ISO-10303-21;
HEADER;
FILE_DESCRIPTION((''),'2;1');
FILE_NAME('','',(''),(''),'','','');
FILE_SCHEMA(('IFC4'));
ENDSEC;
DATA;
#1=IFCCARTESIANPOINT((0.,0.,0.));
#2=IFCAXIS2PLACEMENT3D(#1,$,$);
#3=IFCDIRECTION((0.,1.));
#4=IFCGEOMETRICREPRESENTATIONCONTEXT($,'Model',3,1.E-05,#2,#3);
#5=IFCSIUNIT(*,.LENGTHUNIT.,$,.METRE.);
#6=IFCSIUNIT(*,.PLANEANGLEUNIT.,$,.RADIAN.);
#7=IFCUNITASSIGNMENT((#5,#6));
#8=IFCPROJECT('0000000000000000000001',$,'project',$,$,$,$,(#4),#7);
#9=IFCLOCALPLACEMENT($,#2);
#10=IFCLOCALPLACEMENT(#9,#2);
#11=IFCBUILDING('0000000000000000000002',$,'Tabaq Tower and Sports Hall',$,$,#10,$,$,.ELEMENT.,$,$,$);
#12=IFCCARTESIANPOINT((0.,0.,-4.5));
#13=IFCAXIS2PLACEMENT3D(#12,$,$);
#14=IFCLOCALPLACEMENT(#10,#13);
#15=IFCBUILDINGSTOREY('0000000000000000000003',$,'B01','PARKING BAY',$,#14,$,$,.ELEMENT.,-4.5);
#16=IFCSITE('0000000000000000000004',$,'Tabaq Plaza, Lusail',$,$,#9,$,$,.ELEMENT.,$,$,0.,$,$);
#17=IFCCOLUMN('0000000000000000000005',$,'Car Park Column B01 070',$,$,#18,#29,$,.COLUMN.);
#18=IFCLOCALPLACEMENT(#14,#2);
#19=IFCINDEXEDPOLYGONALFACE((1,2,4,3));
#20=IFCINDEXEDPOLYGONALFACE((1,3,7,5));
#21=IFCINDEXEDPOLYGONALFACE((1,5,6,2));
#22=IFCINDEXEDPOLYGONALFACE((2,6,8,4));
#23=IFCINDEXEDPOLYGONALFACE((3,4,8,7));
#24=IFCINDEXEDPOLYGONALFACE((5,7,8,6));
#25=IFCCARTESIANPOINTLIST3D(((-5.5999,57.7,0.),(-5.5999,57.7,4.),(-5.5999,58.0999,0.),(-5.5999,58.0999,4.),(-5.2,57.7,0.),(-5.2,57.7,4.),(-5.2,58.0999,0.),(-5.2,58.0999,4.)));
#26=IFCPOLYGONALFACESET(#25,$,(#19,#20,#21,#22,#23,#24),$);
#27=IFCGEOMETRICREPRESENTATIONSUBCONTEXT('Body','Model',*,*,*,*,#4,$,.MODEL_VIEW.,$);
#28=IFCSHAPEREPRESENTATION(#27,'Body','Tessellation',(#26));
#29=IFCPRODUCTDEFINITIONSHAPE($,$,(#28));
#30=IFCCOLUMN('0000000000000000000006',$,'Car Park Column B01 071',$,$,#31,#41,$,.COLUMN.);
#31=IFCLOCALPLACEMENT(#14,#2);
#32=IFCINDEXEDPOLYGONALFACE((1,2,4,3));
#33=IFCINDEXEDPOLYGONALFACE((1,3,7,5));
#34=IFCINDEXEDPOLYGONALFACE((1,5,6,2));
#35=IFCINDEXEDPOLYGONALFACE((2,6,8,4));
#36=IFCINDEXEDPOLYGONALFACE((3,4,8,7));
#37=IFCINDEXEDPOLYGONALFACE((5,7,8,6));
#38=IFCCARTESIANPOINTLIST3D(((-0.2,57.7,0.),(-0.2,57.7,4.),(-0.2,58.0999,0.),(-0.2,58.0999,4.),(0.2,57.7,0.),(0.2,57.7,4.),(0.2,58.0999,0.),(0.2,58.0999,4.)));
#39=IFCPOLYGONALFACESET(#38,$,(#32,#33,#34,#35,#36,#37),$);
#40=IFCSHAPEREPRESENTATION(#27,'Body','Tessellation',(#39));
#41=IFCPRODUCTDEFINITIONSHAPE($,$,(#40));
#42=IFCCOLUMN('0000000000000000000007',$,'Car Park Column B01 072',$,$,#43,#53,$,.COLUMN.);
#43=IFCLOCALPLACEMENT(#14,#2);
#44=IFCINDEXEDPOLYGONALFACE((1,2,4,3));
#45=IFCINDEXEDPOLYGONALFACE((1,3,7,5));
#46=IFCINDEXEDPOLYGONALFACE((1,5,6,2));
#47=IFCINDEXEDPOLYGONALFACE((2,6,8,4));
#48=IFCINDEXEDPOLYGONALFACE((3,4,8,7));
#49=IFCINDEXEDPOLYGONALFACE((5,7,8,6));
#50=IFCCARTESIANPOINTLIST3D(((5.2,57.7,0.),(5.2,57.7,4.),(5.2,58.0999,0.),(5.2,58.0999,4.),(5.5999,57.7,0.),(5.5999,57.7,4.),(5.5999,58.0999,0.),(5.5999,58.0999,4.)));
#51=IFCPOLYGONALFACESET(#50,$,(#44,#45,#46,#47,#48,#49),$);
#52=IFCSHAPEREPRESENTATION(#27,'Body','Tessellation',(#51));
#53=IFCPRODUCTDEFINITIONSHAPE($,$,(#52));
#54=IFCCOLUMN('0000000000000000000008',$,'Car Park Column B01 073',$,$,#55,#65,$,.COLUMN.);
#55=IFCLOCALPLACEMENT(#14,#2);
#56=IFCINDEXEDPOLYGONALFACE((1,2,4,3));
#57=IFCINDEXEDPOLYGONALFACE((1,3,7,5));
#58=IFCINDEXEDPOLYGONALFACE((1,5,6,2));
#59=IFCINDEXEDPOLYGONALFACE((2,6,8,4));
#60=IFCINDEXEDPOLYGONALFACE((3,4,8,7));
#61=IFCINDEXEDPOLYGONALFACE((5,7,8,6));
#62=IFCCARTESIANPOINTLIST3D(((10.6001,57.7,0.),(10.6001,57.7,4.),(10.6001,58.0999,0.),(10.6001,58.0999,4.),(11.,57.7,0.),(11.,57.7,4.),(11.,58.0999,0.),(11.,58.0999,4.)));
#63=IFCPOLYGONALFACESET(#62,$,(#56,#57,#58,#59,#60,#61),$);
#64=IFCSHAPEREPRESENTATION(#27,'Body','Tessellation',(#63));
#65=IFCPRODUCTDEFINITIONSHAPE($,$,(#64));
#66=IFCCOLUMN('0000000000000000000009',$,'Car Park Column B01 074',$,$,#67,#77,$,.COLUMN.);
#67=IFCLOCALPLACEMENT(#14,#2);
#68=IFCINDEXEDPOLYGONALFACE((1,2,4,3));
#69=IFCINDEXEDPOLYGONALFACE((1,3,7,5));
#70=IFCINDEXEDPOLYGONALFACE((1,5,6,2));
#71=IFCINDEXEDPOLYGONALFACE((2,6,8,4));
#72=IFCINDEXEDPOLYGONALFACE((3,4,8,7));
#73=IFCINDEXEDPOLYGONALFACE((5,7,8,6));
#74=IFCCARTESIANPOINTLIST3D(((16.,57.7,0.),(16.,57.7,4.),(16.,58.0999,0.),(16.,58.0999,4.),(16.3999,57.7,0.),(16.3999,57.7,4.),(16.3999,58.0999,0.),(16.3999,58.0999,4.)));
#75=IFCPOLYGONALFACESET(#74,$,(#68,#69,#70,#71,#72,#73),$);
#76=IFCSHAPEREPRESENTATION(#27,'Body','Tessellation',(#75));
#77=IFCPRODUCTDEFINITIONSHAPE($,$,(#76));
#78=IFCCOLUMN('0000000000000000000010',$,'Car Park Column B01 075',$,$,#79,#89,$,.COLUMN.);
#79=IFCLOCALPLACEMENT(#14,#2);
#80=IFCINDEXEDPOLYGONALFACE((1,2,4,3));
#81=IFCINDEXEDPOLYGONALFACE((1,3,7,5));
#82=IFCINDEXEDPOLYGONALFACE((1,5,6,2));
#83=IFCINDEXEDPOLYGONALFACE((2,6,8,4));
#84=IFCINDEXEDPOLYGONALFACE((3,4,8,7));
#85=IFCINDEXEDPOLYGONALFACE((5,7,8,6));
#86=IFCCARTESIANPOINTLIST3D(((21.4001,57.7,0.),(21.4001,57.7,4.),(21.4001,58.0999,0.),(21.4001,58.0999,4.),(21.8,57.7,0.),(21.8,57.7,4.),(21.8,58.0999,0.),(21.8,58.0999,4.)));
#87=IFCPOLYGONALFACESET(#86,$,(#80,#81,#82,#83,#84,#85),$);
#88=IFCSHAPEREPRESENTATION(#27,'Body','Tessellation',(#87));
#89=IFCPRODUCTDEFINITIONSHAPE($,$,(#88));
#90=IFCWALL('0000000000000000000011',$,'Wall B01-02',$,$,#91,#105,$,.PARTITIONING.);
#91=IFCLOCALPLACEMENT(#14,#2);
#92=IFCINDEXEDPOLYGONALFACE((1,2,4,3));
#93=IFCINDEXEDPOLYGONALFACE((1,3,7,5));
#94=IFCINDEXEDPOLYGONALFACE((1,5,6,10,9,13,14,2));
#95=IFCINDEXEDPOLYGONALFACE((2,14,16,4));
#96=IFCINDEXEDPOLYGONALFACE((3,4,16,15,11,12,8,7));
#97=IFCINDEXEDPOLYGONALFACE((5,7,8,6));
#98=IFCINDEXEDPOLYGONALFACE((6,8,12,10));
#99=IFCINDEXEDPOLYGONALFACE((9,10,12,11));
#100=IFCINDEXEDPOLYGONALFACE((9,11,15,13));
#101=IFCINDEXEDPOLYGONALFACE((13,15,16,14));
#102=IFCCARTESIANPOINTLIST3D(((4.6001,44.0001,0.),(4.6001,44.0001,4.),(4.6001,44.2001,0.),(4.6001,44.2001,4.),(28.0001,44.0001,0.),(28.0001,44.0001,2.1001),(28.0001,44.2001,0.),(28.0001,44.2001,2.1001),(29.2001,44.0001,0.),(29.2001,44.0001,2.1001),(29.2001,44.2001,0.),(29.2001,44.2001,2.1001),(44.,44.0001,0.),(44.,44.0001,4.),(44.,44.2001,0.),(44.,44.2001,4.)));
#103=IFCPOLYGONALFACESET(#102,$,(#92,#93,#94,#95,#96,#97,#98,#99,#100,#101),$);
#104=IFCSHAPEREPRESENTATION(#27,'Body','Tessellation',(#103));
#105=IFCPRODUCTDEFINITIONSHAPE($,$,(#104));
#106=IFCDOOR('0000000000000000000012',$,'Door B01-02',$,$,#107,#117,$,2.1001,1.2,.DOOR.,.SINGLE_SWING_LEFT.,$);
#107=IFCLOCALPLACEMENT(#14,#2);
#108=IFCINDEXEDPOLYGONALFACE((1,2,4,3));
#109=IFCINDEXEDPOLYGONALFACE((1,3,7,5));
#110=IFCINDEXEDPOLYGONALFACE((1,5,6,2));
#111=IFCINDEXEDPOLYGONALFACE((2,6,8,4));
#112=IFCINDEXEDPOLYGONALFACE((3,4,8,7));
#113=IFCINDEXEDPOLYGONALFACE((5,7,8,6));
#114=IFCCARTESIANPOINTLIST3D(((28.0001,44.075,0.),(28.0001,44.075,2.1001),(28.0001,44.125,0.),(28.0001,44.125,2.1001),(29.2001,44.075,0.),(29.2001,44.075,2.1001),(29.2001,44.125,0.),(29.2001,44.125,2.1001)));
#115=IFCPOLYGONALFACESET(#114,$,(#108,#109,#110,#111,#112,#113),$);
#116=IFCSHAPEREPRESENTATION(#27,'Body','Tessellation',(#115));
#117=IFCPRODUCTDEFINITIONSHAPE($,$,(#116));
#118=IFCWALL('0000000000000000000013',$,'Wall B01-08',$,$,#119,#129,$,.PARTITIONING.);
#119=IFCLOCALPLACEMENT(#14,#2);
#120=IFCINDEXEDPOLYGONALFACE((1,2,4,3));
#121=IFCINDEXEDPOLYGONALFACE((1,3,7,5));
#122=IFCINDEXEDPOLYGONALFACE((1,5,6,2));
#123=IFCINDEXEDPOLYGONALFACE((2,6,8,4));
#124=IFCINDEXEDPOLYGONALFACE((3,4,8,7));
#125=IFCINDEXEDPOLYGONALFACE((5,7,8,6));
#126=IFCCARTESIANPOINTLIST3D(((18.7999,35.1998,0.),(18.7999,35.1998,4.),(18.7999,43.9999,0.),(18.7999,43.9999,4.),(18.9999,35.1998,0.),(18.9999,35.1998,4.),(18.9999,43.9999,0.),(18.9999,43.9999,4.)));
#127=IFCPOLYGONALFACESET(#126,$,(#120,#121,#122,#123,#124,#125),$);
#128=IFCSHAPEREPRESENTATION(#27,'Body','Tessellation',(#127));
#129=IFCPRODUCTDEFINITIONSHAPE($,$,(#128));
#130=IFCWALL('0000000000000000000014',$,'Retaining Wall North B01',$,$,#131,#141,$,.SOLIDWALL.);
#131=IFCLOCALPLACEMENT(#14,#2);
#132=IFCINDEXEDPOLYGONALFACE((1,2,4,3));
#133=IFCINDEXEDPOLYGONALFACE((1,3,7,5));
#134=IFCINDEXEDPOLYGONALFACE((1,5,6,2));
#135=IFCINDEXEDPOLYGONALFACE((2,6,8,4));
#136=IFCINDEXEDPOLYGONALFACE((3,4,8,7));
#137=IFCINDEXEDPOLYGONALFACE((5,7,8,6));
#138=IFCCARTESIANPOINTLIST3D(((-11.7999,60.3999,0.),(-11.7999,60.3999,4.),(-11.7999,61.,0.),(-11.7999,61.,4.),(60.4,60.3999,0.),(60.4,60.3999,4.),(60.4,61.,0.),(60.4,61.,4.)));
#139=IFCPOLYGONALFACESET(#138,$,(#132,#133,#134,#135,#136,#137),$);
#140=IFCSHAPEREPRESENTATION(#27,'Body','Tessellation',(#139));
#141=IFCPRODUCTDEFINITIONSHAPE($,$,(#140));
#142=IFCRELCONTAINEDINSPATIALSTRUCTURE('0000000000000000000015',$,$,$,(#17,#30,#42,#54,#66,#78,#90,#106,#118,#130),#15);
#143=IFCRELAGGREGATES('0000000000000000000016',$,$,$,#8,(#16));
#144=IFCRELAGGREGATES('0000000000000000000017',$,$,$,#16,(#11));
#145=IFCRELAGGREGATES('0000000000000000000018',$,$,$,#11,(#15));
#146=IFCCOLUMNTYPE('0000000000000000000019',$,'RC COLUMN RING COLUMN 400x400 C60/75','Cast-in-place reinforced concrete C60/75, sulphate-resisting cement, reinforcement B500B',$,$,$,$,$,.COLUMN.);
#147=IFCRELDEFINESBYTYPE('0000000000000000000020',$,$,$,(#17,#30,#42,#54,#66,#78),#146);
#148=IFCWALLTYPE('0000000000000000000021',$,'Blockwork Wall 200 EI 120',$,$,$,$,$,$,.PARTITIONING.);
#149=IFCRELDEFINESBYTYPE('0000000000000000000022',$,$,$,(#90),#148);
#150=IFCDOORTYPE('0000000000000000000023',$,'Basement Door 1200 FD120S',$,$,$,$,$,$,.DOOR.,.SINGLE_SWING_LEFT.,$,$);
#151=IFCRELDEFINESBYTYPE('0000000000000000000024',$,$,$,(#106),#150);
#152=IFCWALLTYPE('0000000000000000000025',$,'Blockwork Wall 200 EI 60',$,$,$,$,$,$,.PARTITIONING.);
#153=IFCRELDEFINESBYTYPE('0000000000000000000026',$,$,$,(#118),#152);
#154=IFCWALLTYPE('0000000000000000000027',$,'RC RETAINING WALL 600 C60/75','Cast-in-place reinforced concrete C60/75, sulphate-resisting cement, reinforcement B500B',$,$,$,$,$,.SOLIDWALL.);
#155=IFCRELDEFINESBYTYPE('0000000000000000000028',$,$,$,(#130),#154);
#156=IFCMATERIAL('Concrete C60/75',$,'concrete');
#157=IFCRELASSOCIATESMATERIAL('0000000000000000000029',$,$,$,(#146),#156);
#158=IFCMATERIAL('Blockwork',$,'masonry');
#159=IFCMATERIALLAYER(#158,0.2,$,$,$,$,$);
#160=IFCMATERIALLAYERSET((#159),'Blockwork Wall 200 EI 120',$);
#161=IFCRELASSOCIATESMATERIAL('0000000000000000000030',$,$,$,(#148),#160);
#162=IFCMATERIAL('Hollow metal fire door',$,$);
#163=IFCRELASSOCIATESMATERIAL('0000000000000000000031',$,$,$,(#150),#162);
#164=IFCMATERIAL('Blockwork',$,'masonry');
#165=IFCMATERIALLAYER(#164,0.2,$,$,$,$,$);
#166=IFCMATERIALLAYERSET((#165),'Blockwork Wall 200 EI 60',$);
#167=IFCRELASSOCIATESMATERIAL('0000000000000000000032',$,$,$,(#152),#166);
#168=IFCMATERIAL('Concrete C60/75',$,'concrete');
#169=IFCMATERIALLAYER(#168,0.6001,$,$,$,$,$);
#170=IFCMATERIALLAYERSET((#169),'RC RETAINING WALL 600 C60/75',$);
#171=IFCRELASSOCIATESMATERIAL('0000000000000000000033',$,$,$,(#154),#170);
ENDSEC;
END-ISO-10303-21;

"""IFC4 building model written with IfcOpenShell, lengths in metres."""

from ifc_helpers import new_model, si_unit, direction, frame, frame_2d, origin, origin_2d, place, context, subcontext, project, spatial, rectangle, extrude, material, layer, layer_set, material_profile, profile_set, type_object, element, fill, save


model = new_model("IFC4")

# Units and contexts
model_context = context("Model", 3, precision=1e-05, world=origin(), true_north=direction((0.0, 1.0)))
body_context = subcontext(model_context, "Body", "Model", "MODEL_VIEW")
ifc_project = project(units=[si_unit("LENGTHUNIT", "METRE"), si_unit("PLANEANGLEUNIT", "RADIAN")], contexts=[model_context])

# Site, building, storey
site_placement = place(None, origin())
site = spatial("IfcSite", under=ifc_project, at=site_placement, Name="Tabaq Plaza, Lusail", CompositionType="ELEMENT", RefElevation=0.0)
building_placement = place(site_placement, origin())
building = spatial("IfcBuilding", under=site, at=building_placement, Name="Tabaq Tower and Sports Hall", CompositionType="ELEMENT")
storey_placement = place(building_placement, frame((0.0, 0.0, -4.5)))
storey = spatial("IfcBuildingStorey", under=building, at=storey_placement, Name="B01", Description="PARKING BAY", CompositionType="ELEMENT", Elevation=-4.5)

# Columns
ifc_material_1 = material(Name="Concrete C60/75", Category="concrete")
ifc_material_profile_1 = material_profile(ifc_material_1, rectangle(XDim=0.3999, YDim=0.3999, at=origin_2d()), Name="RING COLUMN 400x400")
ifc_profile_set_1 = profile_set([ifc_material_profile_1], Name="Concrete C60/75")
column_type_1 = type_object("IfcColumnType", Name="RC COLUMN RING COLUMN 400x400 C60/75", Description="Cast-in-place reinforced concrete C60/75, sulphate-resisting cement, reinforcement B500B", PredefinedType="COLUMN", material=ifc_profile_set_1)
for number, where, z_axis, x_axis, name in (
    (1, (-5.3999, 57.8999, 0.0), (0.0, 0.0, 1.0), (1.0, 0.0, 0.0), "Car Park Column B01 070"),
    (2, (0.0, 57.8999, 0.0), (0.0, 0.0, 1.0), (1.0, 0.0, 0.0), "Car Park Column B01 071"),
    (3, (5.3999, 57.8999, 0.0), (0.0, 0.0, 1.0), (1.0, 0.0, 0.0), "Car Park Column B01 072"),
    (4, (10.8, 57.8999, 0.0), (0.0, 0.0, 1.0), (1.0, 0.0, 0.0), "Car Park Column B01 073"),
    (5, (16.2, 57.8999, 0.0), (0.0, 0.0, 1.0), (1.0, 0.0, 0.0), "Car Park Column B01 074"),
    (6, (21.6001, 57.8999, 0.0), (0.0, 0.0, 1.0), (1.0, 0.0, 0.0), "Car Park Column B01 075"),
):
    element("IfcColumn", number, at=place(storey_placement, frame(where, z_axis=z_axis, x_axis=x_axis)), inside=storey, type_object=column_type_1, Name=name, PredefinedType="COLUMN", context=body_context, shape_type="SweptSolid", body=[
        extrude(rectangle(XDim=0.3999, YDim=0.3999, at=origin_2d()), origin(), (0.0, 0.0, 1.0), 4.0),
    ])

# Wall, opening, door
ifc_material_2 = material(Name="Blockwork", Category="masonry")
ifc_layer_1 = layer(ifc_material_2, 0.2)
ifc_layer_set_1 = layer_set([ifc_layer_1], Name="Blockwork Wall 200 EI 120")
wall_type_1 = type_object("IfcWallType", Name="Blockwork Wall 200 EI 120", PredefinedType="PARTITIONING", material=ifc_layer_set_1)
wall_1_placement = place(storey_placement, frame((4.6001, 44.1001, 0.0), z_axis=(0.0, 0.0, 1.0), x_axis=(1.0, 0.0, 0.0)))
wall_1 = element("IfcWall", 7, at=wall_1_placement, inside=storey, type_object=wall_type_1, Name="Wall B01-02", PredefinedType="PARTITIONING", context=body_context, shape_type="SweptSolid", body=[
    extrude(rectangle(XDim=39.3999, YDim=0.2, at=frame_2d((19.7, 0.0))), origin(), (0.0, 0.0, 1.0), 4.0),
])
opening_placement = place(wall_1_placement, frame((23.3999, 0.0, 0.0)))
opening = element("IfcOpeningElement", 8, at=opening_placement, cuts=wall_1, PredefinedType="OPENING", context=body_context, shape_type="SweptSolid", body=[
    extrude(rectangle(XDim=1.2, YDim=2.1001, at=frame_2d((0.6001, 1.05))), frame((0.0, 0.1099, 0.0), z_axis=(0.0, -1.0, 0.0), x_axis=(1.0, 0.0, 0.0)), (0.0, 0.0, 1.0), 0.22),
])
ifc_material_3 = material(Name="Hollow metal fire door")
door_type = type_object("IfcDoorType", Name="Basement Door 1200 FD120S", OperationType="SINGLE_SWING_LEFT", PredefinedType="DOOR", material=ifc_material_3)
door_placement = place(opening_placement, origin())
door = element("IfcDoor", 9, at=door_placement, inside=storey, type_object=door_type, Name="Door B01-02", OperationType="SINGLE_SWING_LEFT", OverallHeight=2.1001, OverallWidth=1.2, PredefinedType="DOOR", context=body_context, shape_type="SweptSolid", body=[
    extrude(rectangle(XDim=1.2, YDim=2.1001, at=frame_2d((0.6001, 1.05))), frame((0.0, 0.0249, 0.0), z_axis=(0.0, -1.0, 0.0), x_axis=(1.0, 0.0, 0.0)), (0.0, 0.0, 1.0), 0.05),
])
fill(opening, door)

# Walls
ifc_material_4 = material(Name="Blockwork", Category="masonry")
ifc_layer_2 = layer(ifc_material_4, 0.2)
ifc_layer_set_2 = layer_set([ifc_layer_2], Name="Blockwork Wall 200 EI 60")
wall_type_2 = type_object("IfcWallType", Name="Blockwork Wall 200 EI 60", PredefinedType="PARTITIONING", material=ifc_layer_set_2)
wall_2_placement = place(storey_placement, frame((18.8999, 35.2, 0.0), z_axis=(0.0, 0.0, 1.0), x_axis=(0.0, 1.0, 0.0)))
element("IfcWall", 10, at=wall_2_placement, inside=storey, type_object=wall_type_2, Name="Wall B01-08", PredefinedType="PARTITIONING", context=body_context, shape_type="SweptSolid", body=[
    extrude(rectangle(XDim=8.8, YDim=0.2, at=frame_2d((4.3999, 0.0))), origin(), (0.0, 0.0, 1.0), 4.0),
])
ifc_material_5 = material(Name="Concrete C60/75", Category="concrete")
ifc_layer_3 = layer(ifc_material_5, 0.6001)
ifc_layer_set_3 = layer_set([ifc_layer_3], Name="RC RETAINING WALL 600 C60/75")
wall_type_3 = type_object("IfcWallType", Name="RC RETAINING WALL 600 C60/75", Description="Cast-in-place reinforced concrete C60/75, sulphate-resisting cement, reinforcement B500B", PredefinedType="SOLIDWALL", material=ifc_layer_set_3)
wall_3_placement = place(storey_placement, frame((-11.8, 60.7, 0.0), z_axis=(0.0, 0.0, 1.0), x_axis=(1.0, 0.0, 0.0)))
element("IfcWall", 11, at=wall_3_placement, inside=storey, type_object=wall_type_3, Name="Retaining Wall North B01", PredefinedType="SOLIDWALL", context=body_context, shape_type="SweptSolid", body=[
    extrude(rectangle(XDim=72.2, YDim=0.6001, at=frame_2d((36.1001, 0.0))), origin(), (0.0, 0.0, 1.0), 4.0),
])

save(model, "model.ifc")
